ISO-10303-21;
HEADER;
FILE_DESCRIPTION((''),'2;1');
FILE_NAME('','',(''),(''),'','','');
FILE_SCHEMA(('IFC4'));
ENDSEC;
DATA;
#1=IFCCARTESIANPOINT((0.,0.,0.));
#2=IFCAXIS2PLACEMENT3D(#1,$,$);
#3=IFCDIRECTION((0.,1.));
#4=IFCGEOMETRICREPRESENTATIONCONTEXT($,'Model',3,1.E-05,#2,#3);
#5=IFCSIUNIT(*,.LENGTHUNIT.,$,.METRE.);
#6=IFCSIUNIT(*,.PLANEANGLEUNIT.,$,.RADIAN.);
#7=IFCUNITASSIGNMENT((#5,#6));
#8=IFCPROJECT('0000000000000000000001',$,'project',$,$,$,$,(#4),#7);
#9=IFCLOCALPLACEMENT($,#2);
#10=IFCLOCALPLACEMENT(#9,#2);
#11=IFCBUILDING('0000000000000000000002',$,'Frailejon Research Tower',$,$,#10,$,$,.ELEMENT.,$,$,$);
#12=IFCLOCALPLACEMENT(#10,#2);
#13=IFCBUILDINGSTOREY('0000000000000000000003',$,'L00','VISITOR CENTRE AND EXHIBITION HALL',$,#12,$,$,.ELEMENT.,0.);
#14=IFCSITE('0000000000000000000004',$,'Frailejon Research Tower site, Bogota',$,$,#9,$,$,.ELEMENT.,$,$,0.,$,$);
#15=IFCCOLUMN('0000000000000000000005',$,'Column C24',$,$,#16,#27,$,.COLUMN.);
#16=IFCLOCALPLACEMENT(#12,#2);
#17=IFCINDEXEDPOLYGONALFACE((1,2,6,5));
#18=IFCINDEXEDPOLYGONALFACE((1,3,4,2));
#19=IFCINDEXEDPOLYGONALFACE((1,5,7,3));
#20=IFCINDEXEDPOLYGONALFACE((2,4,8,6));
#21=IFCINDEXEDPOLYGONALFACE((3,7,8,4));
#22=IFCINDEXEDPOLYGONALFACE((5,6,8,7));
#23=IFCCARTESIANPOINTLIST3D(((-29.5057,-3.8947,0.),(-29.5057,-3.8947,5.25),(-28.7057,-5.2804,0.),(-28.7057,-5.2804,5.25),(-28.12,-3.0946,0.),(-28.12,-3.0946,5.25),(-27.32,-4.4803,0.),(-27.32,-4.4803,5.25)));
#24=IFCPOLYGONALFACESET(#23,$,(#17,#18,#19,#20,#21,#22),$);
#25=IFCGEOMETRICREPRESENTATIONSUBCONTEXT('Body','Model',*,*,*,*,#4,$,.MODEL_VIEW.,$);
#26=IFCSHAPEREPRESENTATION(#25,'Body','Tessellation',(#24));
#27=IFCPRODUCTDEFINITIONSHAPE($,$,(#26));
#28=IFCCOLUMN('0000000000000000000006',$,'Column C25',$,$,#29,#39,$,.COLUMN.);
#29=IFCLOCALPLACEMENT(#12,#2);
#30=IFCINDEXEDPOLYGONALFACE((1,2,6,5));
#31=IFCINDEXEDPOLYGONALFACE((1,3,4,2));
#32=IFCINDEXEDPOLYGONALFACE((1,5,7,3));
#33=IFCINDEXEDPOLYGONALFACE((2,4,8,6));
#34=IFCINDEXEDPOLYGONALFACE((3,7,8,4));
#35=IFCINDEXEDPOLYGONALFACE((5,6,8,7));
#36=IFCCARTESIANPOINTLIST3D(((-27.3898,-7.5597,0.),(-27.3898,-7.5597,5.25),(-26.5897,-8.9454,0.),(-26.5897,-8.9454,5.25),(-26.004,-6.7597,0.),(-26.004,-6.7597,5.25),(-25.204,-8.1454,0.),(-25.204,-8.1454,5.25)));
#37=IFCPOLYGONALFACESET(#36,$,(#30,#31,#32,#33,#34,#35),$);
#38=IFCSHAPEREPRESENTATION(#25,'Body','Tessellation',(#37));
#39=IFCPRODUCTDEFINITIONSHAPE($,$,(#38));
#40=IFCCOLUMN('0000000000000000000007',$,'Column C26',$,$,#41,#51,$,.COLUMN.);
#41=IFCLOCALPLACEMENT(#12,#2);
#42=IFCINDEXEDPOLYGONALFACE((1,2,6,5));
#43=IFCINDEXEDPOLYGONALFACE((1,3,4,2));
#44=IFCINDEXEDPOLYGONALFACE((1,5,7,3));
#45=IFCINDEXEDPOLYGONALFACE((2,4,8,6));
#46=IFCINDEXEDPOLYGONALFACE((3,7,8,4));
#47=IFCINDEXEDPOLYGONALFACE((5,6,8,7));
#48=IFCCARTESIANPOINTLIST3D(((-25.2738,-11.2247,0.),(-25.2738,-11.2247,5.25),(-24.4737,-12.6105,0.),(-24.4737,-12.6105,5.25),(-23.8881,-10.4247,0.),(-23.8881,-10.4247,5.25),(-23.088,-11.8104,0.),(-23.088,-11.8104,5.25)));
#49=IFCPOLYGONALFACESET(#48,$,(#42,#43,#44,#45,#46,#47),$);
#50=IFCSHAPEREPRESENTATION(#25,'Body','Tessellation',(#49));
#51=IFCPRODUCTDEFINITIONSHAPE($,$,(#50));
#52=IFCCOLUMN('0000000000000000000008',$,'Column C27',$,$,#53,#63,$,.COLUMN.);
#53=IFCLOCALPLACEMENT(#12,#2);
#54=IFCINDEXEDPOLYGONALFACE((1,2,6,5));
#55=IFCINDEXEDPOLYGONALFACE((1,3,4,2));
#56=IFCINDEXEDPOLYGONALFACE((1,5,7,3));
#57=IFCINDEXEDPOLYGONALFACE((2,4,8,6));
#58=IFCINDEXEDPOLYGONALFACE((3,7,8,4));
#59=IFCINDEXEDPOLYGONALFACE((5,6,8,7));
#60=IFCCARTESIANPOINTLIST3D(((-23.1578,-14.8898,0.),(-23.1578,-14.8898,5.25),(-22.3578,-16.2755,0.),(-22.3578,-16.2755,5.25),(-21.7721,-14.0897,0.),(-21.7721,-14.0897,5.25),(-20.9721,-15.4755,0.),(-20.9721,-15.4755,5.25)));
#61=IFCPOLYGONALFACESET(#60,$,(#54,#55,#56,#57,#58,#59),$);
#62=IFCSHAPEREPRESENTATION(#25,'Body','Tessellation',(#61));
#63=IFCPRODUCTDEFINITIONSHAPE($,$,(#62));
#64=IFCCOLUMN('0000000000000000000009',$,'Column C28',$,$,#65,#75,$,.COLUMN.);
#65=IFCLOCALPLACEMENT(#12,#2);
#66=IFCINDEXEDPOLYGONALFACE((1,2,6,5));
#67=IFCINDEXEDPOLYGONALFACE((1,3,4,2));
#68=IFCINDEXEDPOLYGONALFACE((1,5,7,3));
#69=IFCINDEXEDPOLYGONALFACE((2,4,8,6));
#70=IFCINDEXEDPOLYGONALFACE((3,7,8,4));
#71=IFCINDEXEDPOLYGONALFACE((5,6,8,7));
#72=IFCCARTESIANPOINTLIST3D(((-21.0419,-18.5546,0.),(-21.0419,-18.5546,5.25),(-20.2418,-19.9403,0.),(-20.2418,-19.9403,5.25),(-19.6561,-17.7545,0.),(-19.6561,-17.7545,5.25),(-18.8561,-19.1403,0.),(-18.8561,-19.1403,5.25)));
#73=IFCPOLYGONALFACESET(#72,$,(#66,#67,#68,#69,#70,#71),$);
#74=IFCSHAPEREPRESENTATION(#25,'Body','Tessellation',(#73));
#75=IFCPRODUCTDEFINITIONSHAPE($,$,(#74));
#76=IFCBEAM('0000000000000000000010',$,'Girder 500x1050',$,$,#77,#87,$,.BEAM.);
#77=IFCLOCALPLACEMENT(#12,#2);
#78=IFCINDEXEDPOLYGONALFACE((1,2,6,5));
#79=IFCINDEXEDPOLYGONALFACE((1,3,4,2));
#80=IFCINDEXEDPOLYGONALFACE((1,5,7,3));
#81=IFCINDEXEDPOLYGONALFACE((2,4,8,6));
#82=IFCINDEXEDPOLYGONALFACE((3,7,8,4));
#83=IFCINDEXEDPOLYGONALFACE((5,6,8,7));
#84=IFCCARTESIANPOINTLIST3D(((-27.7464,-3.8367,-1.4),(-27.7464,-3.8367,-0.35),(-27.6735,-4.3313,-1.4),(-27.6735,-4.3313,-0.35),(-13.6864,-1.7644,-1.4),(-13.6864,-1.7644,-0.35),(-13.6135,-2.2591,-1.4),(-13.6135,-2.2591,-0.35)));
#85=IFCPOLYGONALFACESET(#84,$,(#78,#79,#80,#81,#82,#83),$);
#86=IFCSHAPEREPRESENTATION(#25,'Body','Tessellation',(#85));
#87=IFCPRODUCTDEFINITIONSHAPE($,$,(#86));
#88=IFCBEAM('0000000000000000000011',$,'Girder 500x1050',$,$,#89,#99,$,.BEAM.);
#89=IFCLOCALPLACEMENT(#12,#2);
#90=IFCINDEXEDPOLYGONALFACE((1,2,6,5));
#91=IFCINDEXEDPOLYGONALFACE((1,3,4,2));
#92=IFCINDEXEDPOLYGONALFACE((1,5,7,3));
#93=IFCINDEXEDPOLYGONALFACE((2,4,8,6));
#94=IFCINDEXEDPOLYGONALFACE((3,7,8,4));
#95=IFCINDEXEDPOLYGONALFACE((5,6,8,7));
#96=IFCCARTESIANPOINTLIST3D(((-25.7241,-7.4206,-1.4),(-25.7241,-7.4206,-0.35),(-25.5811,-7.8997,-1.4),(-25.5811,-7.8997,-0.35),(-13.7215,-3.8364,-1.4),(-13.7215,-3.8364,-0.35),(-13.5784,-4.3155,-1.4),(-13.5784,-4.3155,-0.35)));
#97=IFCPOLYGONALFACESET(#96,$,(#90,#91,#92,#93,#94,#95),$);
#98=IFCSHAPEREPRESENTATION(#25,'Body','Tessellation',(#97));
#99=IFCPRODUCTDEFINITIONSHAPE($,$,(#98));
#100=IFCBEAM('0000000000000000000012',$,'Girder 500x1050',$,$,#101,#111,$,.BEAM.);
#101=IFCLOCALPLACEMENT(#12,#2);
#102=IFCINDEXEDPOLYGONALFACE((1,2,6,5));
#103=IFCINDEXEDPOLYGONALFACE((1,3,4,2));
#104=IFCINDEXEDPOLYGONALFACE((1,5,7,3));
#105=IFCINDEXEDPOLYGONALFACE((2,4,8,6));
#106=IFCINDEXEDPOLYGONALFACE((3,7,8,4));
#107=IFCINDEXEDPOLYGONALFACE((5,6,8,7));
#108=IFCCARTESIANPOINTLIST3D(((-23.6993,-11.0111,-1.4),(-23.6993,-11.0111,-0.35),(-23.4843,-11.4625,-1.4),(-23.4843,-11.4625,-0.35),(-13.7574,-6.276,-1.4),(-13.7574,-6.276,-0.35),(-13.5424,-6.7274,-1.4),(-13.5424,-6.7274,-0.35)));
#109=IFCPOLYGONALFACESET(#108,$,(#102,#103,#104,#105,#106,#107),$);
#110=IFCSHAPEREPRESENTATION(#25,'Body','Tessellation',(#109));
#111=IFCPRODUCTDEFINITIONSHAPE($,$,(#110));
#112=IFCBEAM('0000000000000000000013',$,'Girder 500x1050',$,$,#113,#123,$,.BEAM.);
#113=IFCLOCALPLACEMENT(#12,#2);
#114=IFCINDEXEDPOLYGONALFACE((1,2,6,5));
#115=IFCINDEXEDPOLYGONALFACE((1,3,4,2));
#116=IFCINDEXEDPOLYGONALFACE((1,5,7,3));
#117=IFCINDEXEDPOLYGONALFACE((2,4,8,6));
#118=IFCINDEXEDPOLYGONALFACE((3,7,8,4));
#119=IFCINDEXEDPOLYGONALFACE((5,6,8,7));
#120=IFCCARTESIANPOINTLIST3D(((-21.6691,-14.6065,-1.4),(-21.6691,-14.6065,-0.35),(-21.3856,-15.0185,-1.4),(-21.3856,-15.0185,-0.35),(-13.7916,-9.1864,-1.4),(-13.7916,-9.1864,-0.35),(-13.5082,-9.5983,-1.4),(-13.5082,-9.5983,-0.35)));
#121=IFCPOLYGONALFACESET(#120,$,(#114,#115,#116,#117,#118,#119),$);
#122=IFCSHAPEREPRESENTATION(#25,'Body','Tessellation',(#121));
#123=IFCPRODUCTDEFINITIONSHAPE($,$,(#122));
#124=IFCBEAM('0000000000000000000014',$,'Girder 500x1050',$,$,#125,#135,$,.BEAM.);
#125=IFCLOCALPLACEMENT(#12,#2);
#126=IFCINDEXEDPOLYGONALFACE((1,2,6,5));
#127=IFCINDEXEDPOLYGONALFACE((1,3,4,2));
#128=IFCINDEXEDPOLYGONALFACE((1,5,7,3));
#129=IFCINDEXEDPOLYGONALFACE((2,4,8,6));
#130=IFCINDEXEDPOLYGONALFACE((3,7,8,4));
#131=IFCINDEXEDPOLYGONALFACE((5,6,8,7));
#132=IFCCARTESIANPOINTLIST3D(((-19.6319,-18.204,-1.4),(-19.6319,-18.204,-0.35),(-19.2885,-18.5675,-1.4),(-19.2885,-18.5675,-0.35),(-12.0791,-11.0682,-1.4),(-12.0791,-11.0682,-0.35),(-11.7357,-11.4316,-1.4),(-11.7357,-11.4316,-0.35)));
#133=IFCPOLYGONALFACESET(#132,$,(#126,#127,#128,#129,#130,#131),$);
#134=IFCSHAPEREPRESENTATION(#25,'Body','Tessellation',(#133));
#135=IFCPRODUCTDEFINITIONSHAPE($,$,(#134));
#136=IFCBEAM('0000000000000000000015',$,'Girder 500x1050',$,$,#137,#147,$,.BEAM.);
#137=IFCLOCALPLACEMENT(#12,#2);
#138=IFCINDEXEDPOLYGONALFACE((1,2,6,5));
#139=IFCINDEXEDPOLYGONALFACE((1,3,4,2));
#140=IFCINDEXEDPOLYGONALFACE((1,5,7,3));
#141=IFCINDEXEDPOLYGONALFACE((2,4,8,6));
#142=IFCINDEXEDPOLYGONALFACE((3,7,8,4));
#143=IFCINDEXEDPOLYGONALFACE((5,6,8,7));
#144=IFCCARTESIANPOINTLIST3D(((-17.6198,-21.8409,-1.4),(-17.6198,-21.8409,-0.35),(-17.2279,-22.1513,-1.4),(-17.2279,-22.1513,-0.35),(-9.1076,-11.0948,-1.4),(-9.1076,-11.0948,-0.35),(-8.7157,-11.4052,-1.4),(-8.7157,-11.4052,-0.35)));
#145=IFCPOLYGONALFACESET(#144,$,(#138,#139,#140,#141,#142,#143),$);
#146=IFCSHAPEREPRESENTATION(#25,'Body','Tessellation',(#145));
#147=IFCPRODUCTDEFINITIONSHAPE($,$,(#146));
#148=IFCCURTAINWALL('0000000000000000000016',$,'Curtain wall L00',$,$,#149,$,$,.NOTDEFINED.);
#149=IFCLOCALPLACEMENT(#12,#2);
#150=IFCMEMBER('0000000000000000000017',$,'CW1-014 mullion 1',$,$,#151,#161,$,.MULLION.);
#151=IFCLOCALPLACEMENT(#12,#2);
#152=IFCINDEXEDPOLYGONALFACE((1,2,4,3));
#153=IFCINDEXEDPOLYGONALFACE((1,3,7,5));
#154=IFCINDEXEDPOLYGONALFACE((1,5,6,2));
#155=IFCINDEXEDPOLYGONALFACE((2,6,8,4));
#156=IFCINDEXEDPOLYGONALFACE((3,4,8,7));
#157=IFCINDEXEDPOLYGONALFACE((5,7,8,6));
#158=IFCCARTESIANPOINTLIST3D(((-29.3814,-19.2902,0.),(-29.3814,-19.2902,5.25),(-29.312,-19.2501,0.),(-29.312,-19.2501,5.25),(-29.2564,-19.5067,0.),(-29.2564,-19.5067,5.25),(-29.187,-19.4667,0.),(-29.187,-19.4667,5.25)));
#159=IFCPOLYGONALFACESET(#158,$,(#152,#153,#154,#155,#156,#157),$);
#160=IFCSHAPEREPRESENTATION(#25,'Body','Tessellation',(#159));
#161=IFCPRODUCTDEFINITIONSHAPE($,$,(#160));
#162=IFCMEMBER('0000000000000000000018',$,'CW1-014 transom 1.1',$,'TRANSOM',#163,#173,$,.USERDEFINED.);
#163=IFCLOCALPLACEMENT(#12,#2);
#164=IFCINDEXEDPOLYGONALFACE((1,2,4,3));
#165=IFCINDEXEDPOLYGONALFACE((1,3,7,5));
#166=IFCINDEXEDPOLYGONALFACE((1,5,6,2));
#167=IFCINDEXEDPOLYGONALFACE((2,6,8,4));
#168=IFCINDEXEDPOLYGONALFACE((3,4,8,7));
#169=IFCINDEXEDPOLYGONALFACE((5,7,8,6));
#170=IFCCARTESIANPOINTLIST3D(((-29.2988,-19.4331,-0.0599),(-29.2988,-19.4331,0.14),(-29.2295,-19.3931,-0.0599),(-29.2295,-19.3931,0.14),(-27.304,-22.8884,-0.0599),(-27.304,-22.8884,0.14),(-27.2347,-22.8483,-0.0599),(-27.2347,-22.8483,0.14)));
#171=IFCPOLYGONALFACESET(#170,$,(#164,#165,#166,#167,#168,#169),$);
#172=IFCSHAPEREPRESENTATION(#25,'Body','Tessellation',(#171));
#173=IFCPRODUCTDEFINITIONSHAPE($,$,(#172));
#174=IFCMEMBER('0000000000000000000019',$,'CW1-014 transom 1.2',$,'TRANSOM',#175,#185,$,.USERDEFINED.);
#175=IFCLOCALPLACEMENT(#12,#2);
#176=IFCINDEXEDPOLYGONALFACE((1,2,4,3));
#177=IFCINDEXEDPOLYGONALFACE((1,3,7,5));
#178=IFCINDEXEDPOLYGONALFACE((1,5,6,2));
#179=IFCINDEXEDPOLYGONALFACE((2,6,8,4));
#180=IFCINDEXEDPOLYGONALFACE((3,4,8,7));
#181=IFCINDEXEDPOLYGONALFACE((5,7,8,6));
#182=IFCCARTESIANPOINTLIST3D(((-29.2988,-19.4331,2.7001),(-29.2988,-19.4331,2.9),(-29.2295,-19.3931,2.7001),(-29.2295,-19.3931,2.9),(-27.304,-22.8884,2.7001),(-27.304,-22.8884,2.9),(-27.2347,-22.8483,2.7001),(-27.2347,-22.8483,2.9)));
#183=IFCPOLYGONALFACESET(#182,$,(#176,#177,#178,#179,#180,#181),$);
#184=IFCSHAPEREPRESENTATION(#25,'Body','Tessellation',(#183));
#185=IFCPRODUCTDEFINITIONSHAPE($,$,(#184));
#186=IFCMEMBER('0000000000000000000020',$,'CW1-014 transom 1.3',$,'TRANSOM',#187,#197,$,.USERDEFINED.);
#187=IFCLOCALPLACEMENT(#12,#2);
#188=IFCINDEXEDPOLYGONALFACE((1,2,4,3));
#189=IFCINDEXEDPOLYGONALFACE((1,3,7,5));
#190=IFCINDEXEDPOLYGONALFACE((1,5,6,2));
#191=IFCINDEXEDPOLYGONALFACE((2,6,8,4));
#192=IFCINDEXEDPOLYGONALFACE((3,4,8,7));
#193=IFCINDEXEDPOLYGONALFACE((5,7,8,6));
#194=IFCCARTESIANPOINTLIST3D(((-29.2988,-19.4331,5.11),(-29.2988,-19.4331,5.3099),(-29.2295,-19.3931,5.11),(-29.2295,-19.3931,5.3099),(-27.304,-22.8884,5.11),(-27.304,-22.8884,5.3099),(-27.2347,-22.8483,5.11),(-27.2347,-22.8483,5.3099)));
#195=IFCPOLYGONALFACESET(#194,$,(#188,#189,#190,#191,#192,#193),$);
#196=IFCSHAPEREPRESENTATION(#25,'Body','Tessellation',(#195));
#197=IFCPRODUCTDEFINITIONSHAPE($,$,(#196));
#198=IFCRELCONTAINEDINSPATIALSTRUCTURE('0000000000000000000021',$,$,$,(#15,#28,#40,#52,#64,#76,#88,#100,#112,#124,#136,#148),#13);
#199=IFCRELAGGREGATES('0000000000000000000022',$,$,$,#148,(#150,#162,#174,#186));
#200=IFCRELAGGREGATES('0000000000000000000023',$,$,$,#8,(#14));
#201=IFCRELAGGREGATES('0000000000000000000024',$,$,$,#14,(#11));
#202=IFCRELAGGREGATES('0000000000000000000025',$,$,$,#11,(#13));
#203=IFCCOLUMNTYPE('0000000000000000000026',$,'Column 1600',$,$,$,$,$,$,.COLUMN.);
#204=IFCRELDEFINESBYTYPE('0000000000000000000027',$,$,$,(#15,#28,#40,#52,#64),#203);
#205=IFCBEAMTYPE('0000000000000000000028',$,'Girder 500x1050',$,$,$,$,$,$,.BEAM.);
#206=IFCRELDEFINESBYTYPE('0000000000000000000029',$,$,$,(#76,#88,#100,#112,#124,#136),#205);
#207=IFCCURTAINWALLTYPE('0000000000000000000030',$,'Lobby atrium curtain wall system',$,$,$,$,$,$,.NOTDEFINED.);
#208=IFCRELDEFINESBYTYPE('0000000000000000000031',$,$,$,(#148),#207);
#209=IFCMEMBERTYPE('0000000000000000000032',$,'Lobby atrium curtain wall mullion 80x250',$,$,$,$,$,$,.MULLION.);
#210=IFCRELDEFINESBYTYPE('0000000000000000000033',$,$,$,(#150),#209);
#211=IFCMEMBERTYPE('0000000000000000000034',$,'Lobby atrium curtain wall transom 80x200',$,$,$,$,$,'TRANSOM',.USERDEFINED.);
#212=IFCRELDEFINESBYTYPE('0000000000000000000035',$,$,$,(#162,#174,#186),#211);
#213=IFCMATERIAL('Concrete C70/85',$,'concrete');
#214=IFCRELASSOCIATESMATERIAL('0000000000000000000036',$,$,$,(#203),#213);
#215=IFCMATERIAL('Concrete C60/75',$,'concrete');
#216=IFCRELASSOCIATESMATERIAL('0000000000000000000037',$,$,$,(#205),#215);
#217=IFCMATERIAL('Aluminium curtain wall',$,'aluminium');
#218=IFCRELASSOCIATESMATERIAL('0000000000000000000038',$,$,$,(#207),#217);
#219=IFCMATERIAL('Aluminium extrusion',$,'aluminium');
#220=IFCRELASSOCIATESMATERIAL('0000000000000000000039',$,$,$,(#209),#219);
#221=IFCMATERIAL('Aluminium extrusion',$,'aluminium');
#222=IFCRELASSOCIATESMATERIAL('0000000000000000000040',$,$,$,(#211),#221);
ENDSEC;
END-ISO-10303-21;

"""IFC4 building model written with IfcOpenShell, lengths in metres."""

from ifc_helpers import new_model, si_unit, direction, frame, origin, origin_2d, place, context, subcontext, project, spatial, rectangle, extrude, material, material_profile, profile_set, type_object, element, aggregate, save


model = new_model("IFC4")

# Units and contexts
model_context = context("Model", 3, precision=1e-05, world=origin(), true_north=direction((0.0, 1.0)))
body_context = subcontext(model_context, "Body", "Model", "MODEL_VIEW")
ifc_project = project(units=[si_unit("LENGTHUNIT", "METRE"), si_unit("PLANEANGLEUNIT", "RADIAN")], contexts=[model_context])

# Site, building, storey
site_placement = place(None, origin())
site = spatial("IfcSite", under=ifc_project, at=site_placement, Name="Frailejon Research Tower site, Bogota", CompositionType="ELEMENT", RefElevation=0.0)
building_placement = place(site_placement, origin())
building = spatial("IfcBuilding", under=site, at=building_placement, Name="Frailejon Research Tower", CompositionType="ELEMENT")
storey_placement = place(building_placement, origin())
storey = spatial("IfcBuildingStorey", under=building, at=storey_placement, Name="L00", Description="VISITOR CENTRE AND EXHIBITION HALL", CompositionType="ELEMENT", Elevation=0.0)

# Columns
ifc_material_1 = material(Name="Concrete C70/85", Category="concrete")
ifc_material_profile_1 = material_profile(ifc_material_1, rectangle(XDim=1.6001, YDim=1.6001, at=origin_2d()), Name="Column 1600")
ifc_profile_set_1 = profile_set([ifc_material_profile_1], Name="Concrete C70/85")
column_type = type_object("IfcColumnType", Name="Column 1600", PredefinedType="COLUMN", material=ifc_profile_set_1)
for number, where, z_axis, x_axis, name in (
    (1, (-28.4128, -4.1875, 0.0), (0.0, 0.0, 1.0), (0.5, -0.866025, 0.0), "Column C24"),
    (2, (-26.2969, -7.8525, 0.0), (0.0, 0.0, 1.0), (0.5, -0.866025, 0.0), "Column C25"),
    (3, (-24.1809, -11.5176, 0.0), (0.0, 0.0, 1.0), (0.5, -0.866025, 0.0), "Column C26"),
    (4, (-22.0649, -15.1826, 0.0), (0.0, 0.0, 1.0), (0.5, -0.866025, 0.0), "Column C27"),
    (5, (-19.949, -18.8474, 0.0), (0.0, 0.0, 1.0), (0.5, -0.866025, 0.0), "Column C28"),
):
    element("IfcColumn", number, at=place(storey_placement, frame(where, z_axis=z_axis, x_axis=x_axis)), inside=storey, type_object=column_type, Name=name, PredefinedType="COLUMN", context=body_context, shape_type="SweptSolid", body=[
        extrude(rectangle(XDim=1.6001, YDim=1.6001, at=origin_2d()), origin(), (0.0, 0.0, 1.0), 5.25),
    ])

# Beams
ifc_material_2 = material(Name="Concrete C60/75", Category="concrete")
ifc_material_profile_2 = material_profile(ifc_material_2, rectangle(XDim=0.5, YDim=1.05, at=origin_2d()), Name="Girder 500x1050")
ifc_profile_set_2 = profile_set([ifc_material_profile_2], Name="Concrete C60/75")
beam_type_1 = type_object("IfcBeamType", Name="Girder 500x1050", PredefinedType="BEAM", material=ifc_profile_set_2)
beam_1_placement = place(storey_placement, frame((-27.71, -4.084, -0.875), z_axis=(0.989312, 0.145811, 0.0), x_axis=(-0.145811, 0.989312, 0.0)))
element("IfcBeam", 6, at=beam_1_placement, inside=storey, type_object=beam_type_1, Name="Girder 500x1050", PredefinedType="BEAM", context=body_context, shape_type="SweptSolid", body=[
    extrude(rectangle(XDim=0.5, YDim=1.05, at=origin_2d()), origin(), (0.0, 0.0, 1.0), 14.2119),
])
beam_2_placement = place(storey_placement, frame((-25.6526, -7.6602, -0.875), z_axis=(0.95819, 0.286134, 0.0), x_axis=(-0.286134, 0.95819, 0.0)))
element("IfcBeam", 7, at=beam_2_placement, inside=storey, type_object=beam_type_1, Name="Girder 500x1050", PredefinedType="BEAM", context=body_context, shape_type="SweptSolid", body=[
    extrude(rectangle(XDim=0.5, YDim=1.05, at=origin_2d()), origin(), (0.0, 0.0, 1.0), 12.5264),
])
beam_3_placement = place(storey_placement, frame((-23.5918, -11.2368, -0.875), z_axis=(0.90283, 0.429998, 0.0), x_axis=(-0.429998, 0.90283, 0.0)))
element("IfcBeam", 8, at=beam_3_placement, inside=storey, type_object=beam_type_1, Name="Girder 500x1050", PredefinedType="BEAM", context=body_context, shape_type="SweptSolid", body=[
    extrude(rectangle(XDim=0.5, YDim=1.05, at=origin_2d()), origin(), (0.0, 0.0, 1.0), 11.012),
])
beam_4_placement = place(storey_placement, frame((-21.5273, -14.8125, -0.875), z_axis=(0.823826, 0.566843, 0.0), x_axis=(-0.566843, 0.823826, 0.0)))
element("IfcBeam", 9, at=beam_4_placement, inside=storey, type_object=beam_type_1, Name="Girder 500x1050", PredefinedType="BEAM", context=body_context, shape_type="SweptSolid", body=[
    extrude(rectangle(XDim=0.5, YDim=1.05, at=origin_2d()), origin(), (0.0, 0.0, 1.0), 9.562),
])
beam_5_placement = place(storey_placement, frame((-19.4602, -18.3857, -0.875), z_axis=(0.726888, 0.686756, 0.0), x_axis=(-0.686756, 0.726888, 0.0)))
element("IfcBeam", 10, at=beam_5_placement, inside=storey, type_object=beam_type_1, Name="Girder 500x1050", PredefinedType="BEAM", context=body_context, shape_type="SweptSolid", body=[
    extrude(rectangle(XDim=0.5, YDim=1.05, at=origin_2d()), origin(), (0.0, 0.0, 1.0), 10.3906),
])
beam_6_placement = place(storey_placement, frame((-17.4238, -21.9961, -0.875), z_axis=(0.620922, 0.783872, 0.0), x_axis=(-0.783872, 0.620922, 0.0)))
element("IfcBeam", 11, at=beam_6_placement, inside=storey, type_object=beam_type_1, Name="Girder 500x1050", PredefinedType="BEAM", context=body_context, shape_type="SweptSolid", body=[
    extrude(rectangle(XDim=0.5, YDim=1.05, at=origin_2d()), origin(), (0.0, 0.0, 1.0), 13.709),
])

# Curtain wall, members
ifc_material_3 = material(Name="Aluminium curtain wall", Category="aluminium")
curtain_wall_type = type_object("IfcCurtainWallType", Name="Lobby atrium curtain wall system", PredefinedType="NOTDEFINED", material=ifc_material_3)
curtain_wall_placement = place(storey_placement, origin())
curtain_wall = element("IfcCurtainWall", 12, at=curtain_wall_placement, inside=storey, type_object=curtain_wall_type, Name="Curtain wall L00", PredefinedType="NOTDEFINED")
ifc_material_4 = material(Name="Aluminium extrusion", Category="aluminium")
ifc_material_profile_3 = material_profile(ifc_material_4, rectangle(XDim=0.0801, YDim=0.25, at=origin_2d()), Name="Lobby atrium curtain wall mullion 80x250")
ifc_profile_set_3 = profile_set([ifc_material_profile_3], Name="Aluminium extrusion")
member_type_1 = type_object("IfcMemberType", Name="Lobby atrium curtain wall mullion 80x250", PredefinedType="MULLION", material=ifc_profile_set_3)
member_1_placement = place(storey_placement, frame((-29.2842, -19.3784, 0.0), z_axis=(0.0, 0.0, 1.0), x_axis=(0.866026, 0.5, 0.0)))
member_1 = element("IfcMember", 13, at=member_1_placement, type_object=member_type_1, Name="CW1-014 mullion 1", PredefinedType="MULLION", context=body_context, shape_type="SweptSolid", body=[
    extrude(rectangle(XDim=0.0801, YDim=0.25, at=origin_2d()), origin(), (0.0, 0.0, 1.0), 5.25),
])
ifc_material_5 = material(Name="Aluminium extrusion", Category="aluminium")
ifc_material_profile_4 = material_profile(ifc_material_5, rectangle(XDim=0.0801, YDim=0.2, at=origin_2d()), Name="Lobby atrium curtain wall transom 80x200")
ifc_profile_set_4 = profile_set([ifc_material_profile_4], Name="Aluminium extrusion")
member_type_2 = type_object("IfcMemberType", Name="Lobby atrium curtain wall transom 80x200", ElementType="TRANSOM", PredefinedType="USERDEFINED", material=ifc_profile_set_4)
member_2_placement = place(storey_placement, frame((-29.2642, -19.4131, 0.04), z_axis=(0.499989, -0.866032, 0.0), x_axis=(0.866032, 0.499989, 0.0)))
member_2 = element("IfcMember", 14, at=member_2_placement, type_object=member_type_2, Name="CW1-014 transom 1.1", ObjectType="TRANSOM", PredefinedType="USERDEFINED", context=body_context, shape_type="SweptSolid", body=[
    extrude(rectangle(XDim=0.0801, YDim=0.2, at=origin_2d()), origin(), (0.0, 0.0, 1.0), 3.9897),
])
member_3_placement = place(storey_placement, frame((-29.2642, -19.4131, 2.8), z_axis=(0.499989, -0.866032, 0.0), x_axis=(0.866032, 0.499989, 0.0)))
member_3 = element("IfcMember", 15, at=member_3_placement, type_object=member_type_2, Name="CW1-014 transom 1.2", ObjectType="TRANSOM", PredefinedType="USERDEFINED", context=body_context, shape_type="SweptSolid", body=[
    extrude(rectangle(XDim=0.0801, YDim=0.2, at=origin_2d()), origin(), (0.0, 0.0, 1.0), 3.9897),
])
member_4_placement = place(storey_placement, frame((-29.2642, -19.4131, 5.21), z_axis=(0.499989, -0.866032, 0.0), x_axis=(0.866032, 0.499989, 0.0)))
member_4 = element("IfcMember", 16, at=member_4_placement, type_object=member_type_2, Name="CW1-014 transom 1.3", ObjectType="TRANSOM", PredefinedType="USERDEFINED", context=body_context, shape_type="SweptSolid", body=[
    extrude(rectangle(XDim=0.0801, YDim=0.2, at=origin_2d()), origin(), (0.0, 0.0, 1.0), 3.9897),
])

aggregate(curtain_wall, [member_1, member_2, member_3, member_4])

save(model, "model.ifc")
